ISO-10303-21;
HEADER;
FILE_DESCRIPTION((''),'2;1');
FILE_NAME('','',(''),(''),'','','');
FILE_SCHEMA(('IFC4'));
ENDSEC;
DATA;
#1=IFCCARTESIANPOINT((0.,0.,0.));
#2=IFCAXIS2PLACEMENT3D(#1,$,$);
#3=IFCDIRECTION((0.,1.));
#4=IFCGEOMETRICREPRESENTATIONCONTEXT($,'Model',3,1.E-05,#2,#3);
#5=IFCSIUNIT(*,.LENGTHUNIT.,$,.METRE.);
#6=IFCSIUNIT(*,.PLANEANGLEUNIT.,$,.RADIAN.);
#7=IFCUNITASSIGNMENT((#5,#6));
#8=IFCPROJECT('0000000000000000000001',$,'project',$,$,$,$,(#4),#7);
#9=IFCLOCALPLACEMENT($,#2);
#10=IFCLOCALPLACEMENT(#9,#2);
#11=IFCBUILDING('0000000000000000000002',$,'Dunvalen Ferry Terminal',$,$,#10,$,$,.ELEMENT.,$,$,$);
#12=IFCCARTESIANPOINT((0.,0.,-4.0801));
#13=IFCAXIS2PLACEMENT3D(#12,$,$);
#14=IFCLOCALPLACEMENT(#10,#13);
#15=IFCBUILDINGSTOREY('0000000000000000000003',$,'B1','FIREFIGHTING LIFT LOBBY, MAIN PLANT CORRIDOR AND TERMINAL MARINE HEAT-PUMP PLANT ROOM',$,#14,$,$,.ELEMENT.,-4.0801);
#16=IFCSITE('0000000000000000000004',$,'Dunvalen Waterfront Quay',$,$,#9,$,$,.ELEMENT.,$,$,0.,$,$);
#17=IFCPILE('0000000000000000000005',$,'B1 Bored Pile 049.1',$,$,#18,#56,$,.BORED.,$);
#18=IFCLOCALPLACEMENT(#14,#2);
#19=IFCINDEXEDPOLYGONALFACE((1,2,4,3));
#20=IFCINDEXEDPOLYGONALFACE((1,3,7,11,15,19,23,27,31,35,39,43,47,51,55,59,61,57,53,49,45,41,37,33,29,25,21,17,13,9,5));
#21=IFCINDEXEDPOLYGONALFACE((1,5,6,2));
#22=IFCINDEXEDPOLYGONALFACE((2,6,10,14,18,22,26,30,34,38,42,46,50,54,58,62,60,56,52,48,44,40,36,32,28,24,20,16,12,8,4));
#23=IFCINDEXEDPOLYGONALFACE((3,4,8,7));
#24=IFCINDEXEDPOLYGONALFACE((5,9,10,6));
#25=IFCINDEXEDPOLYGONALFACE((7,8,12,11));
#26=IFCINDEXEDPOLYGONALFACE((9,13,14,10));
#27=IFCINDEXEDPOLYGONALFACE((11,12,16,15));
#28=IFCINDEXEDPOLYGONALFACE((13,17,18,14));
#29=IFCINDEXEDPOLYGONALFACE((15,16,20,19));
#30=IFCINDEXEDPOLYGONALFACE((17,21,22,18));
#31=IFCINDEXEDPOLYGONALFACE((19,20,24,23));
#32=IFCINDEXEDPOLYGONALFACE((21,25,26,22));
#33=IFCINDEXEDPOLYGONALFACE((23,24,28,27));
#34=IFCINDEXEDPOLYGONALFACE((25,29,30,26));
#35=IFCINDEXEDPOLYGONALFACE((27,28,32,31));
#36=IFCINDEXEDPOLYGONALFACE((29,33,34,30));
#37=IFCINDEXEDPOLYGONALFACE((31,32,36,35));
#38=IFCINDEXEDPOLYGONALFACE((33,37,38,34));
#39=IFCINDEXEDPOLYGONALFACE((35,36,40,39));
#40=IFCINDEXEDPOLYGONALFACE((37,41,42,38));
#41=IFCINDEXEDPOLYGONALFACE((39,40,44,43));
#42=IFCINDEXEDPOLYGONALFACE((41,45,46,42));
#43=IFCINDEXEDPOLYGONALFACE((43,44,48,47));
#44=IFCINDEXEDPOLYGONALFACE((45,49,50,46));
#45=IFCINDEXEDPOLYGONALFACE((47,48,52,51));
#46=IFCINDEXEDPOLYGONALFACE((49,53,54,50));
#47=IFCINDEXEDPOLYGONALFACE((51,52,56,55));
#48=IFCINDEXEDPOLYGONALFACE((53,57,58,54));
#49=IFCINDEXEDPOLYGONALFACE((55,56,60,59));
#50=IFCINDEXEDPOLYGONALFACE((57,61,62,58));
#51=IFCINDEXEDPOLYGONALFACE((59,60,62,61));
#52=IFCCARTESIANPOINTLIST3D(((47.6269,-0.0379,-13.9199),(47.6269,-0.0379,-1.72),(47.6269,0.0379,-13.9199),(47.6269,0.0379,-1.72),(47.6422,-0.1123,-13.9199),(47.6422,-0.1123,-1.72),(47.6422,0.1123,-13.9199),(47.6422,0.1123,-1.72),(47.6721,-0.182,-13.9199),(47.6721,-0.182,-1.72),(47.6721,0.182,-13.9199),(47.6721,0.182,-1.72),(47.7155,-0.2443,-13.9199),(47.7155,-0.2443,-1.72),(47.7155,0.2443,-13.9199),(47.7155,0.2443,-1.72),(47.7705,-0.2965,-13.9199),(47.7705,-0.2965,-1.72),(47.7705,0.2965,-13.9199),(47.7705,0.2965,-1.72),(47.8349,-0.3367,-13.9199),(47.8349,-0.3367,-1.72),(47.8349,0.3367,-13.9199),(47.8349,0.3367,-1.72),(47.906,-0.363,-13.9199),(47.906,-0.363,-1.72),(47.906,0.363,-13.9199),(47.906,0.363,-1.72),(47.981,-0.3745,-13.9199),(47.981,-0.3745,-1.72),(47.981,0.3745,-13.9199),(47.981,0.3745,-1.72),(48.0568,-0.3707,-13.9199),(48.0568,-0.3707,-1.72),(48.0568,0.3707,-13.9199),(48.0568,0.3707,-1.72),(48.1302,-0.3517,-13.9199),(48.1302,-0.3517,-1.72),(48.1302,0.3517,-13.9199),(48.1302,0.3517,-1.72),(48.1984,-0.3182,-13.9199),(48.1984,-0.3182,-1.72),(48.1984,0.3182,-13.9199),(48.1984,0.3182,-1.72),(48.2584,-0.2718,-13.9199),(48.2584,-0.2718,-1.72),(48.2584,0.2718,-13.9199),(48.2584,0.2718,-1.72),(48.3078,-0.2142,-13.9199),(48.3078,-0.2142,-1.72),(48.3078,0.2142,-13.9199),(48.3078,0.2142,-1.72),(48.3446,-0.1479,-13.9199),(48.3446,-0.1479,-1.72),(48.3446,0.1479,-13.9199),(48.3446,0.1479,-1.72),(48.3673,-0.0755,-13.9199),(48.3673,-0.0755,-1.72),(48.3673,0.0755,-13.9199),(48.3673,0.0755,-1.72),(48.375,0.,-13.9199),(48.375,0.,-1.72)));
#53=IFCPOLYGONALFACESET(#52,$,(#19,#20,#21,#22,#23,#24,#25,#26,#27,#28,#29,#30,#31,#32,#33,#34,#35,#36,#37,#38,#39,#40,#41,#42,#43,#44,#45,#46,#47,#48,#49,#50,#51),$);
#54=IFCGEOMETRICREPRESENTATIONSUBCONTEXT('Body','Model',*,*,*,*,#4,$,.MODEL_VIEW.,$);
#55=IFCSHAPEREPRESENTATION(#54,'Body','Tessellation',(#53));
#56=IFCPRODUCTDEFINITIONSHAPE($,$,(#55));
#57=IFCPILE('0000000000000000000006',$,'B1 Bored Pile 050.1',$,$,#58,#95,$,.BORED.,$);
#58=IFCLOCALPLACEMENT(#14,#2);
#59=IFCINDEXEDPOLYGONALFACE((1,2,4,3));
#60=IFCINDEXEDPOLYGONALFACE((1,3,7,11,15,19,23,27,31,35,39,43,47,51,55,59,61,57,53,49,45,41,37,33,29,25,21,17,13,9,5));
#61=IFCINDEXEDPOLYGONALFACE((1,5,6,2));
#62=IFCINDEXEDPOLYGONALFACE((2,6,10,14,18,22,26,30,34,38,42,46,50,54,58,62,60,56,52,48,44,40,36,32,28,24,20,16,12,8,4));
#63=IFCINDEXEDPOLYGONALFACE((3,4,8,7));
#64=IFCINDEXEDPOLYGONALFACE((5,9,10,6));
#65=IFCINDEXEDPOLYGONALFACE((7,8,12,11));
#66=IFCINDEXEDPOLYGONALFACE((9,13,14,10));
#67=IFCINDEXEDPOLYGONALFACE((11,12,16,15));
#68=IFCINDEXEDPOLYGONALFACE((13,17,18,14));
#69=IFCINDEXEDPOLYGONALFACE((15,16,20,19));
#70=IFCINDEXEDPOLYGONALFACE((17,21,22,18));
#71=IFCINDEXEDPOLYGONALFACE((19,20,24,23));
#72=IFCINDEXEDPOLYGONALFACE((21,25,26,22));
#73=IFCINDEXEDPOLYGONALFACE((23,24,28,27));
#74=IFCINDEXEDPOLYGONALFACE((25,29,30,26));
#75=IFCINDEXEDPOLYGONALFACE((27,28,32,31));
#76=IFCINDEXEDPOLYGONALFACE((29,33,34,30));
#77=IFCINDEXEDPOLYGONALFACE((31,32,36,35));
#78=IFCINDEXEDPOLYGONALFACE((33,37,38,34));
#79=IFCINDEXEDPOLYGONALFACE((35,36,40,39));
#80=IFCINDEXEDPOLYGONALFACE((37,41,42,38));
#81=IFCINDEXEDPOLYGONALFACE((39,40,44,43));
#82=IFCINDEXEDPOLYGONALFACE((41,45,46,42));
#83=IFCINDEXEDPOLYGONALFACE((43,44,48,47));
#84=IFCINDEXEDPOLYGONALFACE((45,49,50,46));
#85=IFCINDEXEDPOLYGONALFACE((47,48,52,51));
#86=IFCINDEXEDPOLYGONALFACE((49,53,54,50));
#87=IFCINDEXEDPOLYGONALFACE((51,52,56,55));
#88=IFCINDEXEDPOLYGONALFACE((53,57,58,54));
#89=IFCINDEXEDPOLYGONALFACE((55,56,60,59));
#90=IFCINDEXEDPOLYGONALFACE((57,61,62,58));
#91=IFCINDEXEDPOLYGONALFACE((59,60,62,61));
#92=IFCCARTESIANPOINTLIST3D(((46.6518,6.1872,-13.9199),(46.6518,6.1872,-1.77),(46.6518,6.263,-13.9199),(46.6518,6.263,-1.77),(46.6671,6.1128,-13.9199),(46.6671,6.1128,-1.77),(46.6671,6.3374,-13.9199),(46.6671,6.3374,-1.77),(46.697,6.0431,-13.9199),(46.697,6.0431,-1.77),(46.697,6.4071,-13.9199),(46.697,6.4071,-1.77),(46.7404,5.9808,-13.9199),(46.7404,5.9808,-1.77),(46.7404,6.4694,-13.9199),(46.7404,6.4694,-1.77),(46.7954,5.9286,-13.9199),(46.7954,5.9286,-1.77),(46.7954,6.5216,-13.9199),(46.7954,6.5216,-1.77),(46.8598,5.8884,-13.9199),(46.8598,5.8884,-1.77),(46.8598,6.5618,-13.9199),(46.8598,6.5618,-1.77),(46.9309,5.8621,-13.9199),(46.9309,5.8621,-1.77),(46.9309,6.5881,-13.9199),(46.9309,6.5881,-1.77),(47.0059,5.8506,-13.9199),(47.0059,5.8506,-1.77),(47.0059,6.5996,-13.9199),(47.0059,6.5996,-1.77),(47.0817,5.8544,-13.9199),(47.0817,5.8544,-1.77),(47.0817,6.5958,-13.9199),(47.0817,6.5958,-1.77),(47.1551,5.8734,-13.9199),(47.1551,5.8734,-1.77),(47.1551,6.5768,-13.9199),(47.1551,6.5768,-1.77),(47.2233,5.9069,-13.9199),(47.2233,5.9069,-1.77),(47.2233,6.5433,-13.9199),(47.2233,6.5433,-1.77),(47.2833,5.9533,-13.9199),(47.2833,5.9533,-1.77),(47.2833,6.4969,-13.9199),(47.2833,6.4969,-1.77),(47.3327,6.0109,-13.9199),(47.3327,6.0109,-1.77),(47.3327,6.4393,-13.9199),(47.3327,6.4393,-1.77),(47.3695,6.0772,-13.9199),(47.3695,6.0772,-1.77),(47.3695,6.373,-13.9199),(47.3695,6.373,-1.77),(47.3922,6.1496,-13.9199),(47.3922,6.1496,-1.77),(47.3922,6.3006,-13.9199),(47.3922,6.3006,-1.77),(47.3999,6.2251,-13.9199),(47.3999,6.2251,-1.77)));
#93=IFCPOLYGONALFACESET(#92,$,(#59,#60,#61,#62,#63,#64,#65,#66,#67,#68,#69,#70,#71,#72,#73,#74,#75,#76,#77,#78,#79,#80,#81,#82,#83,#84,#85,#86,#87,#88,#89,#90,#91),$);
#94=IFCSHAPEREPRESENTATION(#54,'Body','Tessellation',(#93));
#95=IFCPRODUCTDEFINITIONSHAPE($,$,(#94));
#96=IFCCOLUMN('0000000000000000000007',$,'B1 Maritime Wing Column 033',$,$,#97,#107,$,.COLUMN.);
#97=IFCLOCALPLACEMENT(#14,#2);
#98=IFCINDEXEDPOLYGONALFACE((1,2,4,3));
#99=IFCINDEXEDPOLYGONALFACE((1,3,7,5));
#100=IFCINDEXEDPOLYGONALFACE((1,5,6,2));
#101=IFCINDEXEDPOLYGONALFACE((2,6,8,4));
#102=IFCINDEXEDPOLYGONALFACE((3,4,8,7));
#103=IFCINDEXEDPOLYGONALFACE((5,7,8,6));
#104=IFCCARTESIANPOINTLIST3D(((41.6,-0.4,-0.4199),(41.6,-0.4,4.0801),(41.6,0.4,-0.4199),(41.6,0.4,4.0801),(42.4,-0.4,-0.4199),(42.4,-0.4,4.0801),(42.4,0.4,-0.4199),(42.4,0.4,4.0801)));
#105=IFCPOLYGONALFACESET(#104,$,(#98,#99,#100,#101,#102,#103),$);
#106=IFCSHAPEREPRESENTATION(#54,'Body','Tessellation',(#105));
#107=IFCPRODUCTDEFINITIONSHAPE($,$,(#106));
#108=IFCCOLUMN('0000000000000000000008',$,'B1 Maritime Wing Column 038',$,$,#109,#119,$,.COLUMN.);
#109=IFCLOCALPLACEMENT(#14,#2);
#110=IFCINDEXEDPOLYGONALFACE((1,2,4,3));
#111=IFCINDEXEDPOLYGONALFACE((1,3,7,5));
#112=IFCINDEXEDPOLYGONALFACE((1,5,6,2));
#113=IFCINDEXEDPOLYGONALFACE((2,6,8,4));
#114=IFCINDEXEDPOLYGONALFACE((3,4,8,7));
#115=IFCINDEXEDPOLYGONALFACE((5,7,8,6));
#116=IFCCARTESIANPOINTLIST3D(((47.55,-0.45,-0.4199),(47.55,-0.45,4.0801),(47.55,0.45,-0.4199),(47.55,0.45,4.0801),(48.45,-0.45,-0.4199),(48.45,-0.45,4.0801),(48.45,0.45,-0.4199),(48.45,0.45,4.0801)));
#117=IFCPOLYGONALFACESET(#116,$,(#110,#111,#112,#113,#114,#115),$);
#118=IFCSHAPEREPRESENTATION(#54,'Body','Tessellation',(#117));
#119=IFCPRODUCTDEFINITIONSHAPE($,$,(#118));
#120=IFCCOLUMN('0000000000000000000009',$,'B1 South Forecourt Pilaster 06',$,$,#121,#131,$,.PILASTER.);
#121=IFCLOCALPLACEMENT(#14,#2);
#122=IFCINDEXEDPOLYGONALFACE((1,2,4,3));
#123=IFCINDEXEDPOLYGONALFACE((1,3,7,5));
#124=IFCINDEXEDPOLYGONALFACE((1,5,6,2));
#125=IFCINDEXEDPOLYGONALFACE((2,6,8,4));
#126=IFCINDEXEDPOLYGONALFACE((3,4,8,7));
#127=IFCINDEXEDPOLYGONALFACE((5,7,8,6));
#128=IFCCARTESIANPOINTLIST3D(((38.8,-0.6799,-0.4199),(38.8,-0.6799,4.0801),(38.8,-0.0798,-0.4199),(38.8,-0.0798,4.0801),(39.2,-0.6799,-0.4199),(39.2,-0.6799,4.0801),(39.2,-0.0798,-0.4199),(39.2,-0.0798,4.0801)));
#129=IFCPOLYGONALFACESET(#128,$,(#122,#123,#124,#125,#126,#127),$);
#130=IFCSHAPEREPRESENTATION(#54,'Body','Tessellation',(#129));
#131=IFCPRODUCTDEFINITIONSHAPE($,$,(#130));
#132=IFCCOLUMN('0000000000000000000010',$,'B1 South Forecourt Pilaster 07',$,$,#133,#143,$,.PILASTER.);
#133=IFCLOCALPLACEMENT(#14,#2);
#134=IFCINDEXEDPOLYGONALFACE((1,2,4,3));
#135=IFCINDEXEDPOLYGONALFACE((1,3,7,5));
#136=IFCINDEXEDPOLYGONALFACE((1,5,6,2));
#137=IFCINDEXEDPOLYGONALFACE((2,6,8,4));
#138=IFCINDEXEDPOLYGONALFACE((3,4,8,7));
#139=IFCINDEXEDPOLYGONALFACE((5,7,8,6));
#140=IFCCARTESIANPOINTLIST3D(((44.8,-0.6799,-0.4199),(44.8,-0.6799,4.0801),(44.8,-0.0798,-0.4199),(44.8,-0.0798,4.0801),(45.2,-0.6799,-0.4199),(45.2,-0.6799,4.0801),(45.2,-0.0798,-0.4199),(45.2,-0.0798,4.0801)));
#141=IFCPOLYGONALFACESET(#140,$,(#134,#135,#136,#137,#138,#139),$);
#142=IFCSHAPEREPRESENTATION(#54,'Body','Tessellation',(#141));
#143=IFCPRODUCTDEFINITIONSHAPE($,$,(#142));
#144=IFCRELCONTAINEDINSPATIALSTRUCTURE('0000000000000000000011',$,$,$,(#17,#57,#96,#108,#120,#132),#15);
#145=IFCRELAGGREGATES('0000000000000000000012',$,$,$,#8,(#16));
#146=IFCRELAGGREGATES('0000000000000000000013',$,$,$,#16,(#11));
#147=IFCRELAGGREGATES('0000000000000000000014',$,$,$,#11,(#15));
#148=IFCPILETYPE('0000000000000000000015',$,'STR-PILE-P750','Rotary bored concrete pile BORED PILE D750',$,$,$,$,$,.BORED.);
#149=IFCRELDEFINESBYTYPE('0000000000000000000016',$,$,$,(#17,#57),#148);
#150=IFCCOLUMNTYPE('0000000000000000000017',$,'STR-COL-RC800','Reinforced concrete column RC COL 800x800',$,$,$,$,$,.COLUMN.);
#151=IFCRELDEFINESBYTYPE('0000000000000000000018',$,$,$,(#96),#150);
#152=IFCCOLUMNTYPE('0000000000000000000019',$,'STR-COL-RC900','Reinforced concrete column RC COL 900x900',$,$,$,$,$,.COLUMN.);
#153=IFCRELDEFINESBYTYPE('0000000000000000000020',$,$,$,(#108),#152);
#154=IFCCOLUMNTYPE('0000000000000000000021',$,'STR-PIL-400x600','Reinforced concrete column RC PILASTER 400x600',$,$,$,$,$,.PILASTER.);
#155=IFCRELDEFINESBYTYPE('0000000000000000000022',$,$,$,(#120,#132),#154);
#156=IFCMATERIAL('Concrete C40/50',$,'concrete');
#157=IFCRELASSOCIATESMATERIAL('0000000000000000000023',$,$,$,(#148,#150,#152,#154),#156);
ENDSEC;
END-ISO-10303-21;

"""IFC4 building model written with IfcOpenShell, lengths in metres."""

from ifc_helpers import new_model, si_unit, direction, frame, origin, origin_2d, place, context, subcontext, project, spatial, rectangle, circle, extrude, material, material_profile, profile_set, type_object, element, save


model = new_model("IFC4")

# Units and contexts
model_context = context("Model", 3, precision=1e-05, world=origin(), true_north=direction((0.0, 1.0)))
body_context = subcontext(model_context, "Body", "Model", "MODEL_VIEW")
ifc_project = project(units=[si_unit("LENGTHUNIT", "METRE"), si_unit("PLANEANGLEUNIT", "RADIAN")], contexts=[model_context])

# Site, building, storey
site_placement = place(None, origin())
site = spatial("IfcSite", under=ifc_project, at=site_placement, Name="Dunvalen Waterfront Quay", CompositionType="ELEMENT", RefElevation=0.0)
building_placement = place(site_placement, origin())
building = spatial("IfcBuilding", under=site, at=building_placement, Name="Dunvalen Ferry Terminal", CompositionType="ELEMENT")
storey_placement = place(building_placement, frame((0.0, 0.0, -4.0801)))
storey = spatial("IfcBuildingStorey", under=building, at=storey_placement, Name="B1", Description="FIREFIGHTING LIFT LOBBY, MAIN PLANT CORRIDOR AND TERMINAL MARINE HEAT-PUMP PLANT ROOM", CompositionType="ELEMENT", Elevation=-4.0801)

# Shared definitions
ifc_material = material(Name="Concrete C40/50", Category="concrete")

# Piles
ifc_material_profile_1 = material_profile(ifc_material, circle(Radius=0.375, at=origin_2d()), Name="Concrete C40/50")
ifc_profile_set_1 = profile_set([ifc_material_profile_1], Name="Concrete C40/50")
pile_type = type_object("IfcPileType", Name="STR-PILE-P750", Description="Rotary bored concrete pile BORED PILE D750", PredefinedType="BORED", material=ifc_profile_set_1)
pile_1_placement = place(storey_placement, frame((48.0, 0.0, -1.72), z_axis=(0.0, 0.0, -1.0), x_axis=(1.0, 0.0, 0.0)))
element("IfcPile", 1, at=pile_1_placement, inside=storey, type_object=pile_type, Name="B1 Bored Pile 049.1", PredefinedType="BORED", context=body_context, shape_type="SweptSolid", body=[
    extrude(circle(Radius=0.375, at=origin_2d()), origin(), (0.0, 0.0, 1.0), 12.2),
])
pile_2_placement = place(storey_placement, frame((47.0249, 6.2251, -1.77), z_axis=(0.0, 0.0, -1.0), x_axis=(1.0, 0.0, 0.0)))
element("IfcPile", 2, at=pile_2_placement, inside=storey, type_object=pile_type, Name="B1 Bored Pile 050.1", PredefinedType="BORED", context=body_context, shape_type="SweptSolid", body=[
    extrude(circle(Radius=0.375, at=origin_2d()), origin(), (0.0, 0.0, 1.0), 12.1499),
])

# Columns
ifc_material_profile_2 = material_profile(ifc_material, rectangle(XDim=0.8, YDim=0.8, at=origin_2d()), Name="Concrete C40/50")
ifc_profile_set_2 = profile_set([ifc_material_profile_2], Name="Concrete C40/50")
column_type_1 = type_object("IfcColumnType", Name="STR-COL-RC800", Description="Reinforced concrete column RC COL 800x800", PredefinedType="COLUMN", material=ifc_profile_set_2)
column_1_placement = place(storey_placement, frame((42.0, 0.0, -0.4199), z_axis=(0.0, 0.0, 1.0), x_axis=(1.0, 0.0, 0.0)))
element("IfcColumn", 3, at=column_1_placement, inside=storey, type_object=column_type_1, Name="B1 Maritime Wing Column 033", PredefinedType="COLUMN", context=body_context, shape_type="SweptSolid", body=[
    extrude(rectangle(XDim=0.8, YDim=0.8, at=origin_2d()), origin(), (0.0, 0.0, 1.0), 4.5),
])
ifc_material_profile_3 = material_profile(ifc_material, rectangle(XDim=0.8999, YDim=0.8999, at=origin_2d()), Name="Concrete C40/50")
ifc_profile_set_3 = profile_set([ifc_material_profile_3], Name="Concrete C40/50")
column_type_2 = type_object("IfcColumnType", Name="STR-COL-RC900", Description="Reinforced concrete column RC COL 900x900", PredefinedType="COLUMN", material=ifc_profile_set_3)
column_2_placement = place(storey_placement, frame((48.0, 0.0, -0.4199), z_axis=(0.0, 0.0, 1.0), x_axis=(1.0, 0.0, 0.0)))
element("IfcColumn", 4, at=column_2_placement, inside=storey, type_object=column_type_2, Name="B1 Maritime Wing Column 038", PredefinedType="COLUMN", context=body_context, shape_type="SweptSolid", body=[
    extrude(rectangle(XDim=0.8999, YDim=0.8999, at=origin_2d()), origin(), (0.0, 0.0, 1.0), 4.5),
])
ifc_material_profile_4 = material_profile(ifc_material, rectangle(XDim=0.3999, YDim=0.6001, at=origin_2d()), Name="Concrete C40/50")
ifc_profile_set_4 = profile_set([ifc_material_profile_4], Name="Concrete C40/50")
column_type_3 = type_object("IfcColumnType", Name="STR-PIL-400x600", Description="Reinforced concrete column RC PILASTER 400x600", PredefinedType="PILASTER", material=ifc_profile_set_4)
for number, where, z_axis, x_axis, name in (
    (5, (39.0, -0.3799, -0.4199), (0.0, 0.0, 1.0), (1.0, 0.0, 0.0), "B1 South Forecourt Pilaster 06"),
    (6, (45.0, -0.3799, -0.4199), (0.0, 0.0, 1.0), (1.0, 0.0, 0.0), "B1 South Forecourt Pilaster 07"),
):
    element("IfcColumn", number, at=place(storey_placement, frame(where, z_axis=z_axis, x_axis=x_axis)), inside=storey, type_object=column_type_3, Name=name, PredefinedType="PILASTER", context=body_context, shape_type="SweptSolid", body=[
        extrude(rectangle(XDim=0.3999, YDim=0.6001, at=origin_2d()), origin(), (0.0, 0.0, 1.0), 4.5),
    ])

save(model, "model.ifc")
